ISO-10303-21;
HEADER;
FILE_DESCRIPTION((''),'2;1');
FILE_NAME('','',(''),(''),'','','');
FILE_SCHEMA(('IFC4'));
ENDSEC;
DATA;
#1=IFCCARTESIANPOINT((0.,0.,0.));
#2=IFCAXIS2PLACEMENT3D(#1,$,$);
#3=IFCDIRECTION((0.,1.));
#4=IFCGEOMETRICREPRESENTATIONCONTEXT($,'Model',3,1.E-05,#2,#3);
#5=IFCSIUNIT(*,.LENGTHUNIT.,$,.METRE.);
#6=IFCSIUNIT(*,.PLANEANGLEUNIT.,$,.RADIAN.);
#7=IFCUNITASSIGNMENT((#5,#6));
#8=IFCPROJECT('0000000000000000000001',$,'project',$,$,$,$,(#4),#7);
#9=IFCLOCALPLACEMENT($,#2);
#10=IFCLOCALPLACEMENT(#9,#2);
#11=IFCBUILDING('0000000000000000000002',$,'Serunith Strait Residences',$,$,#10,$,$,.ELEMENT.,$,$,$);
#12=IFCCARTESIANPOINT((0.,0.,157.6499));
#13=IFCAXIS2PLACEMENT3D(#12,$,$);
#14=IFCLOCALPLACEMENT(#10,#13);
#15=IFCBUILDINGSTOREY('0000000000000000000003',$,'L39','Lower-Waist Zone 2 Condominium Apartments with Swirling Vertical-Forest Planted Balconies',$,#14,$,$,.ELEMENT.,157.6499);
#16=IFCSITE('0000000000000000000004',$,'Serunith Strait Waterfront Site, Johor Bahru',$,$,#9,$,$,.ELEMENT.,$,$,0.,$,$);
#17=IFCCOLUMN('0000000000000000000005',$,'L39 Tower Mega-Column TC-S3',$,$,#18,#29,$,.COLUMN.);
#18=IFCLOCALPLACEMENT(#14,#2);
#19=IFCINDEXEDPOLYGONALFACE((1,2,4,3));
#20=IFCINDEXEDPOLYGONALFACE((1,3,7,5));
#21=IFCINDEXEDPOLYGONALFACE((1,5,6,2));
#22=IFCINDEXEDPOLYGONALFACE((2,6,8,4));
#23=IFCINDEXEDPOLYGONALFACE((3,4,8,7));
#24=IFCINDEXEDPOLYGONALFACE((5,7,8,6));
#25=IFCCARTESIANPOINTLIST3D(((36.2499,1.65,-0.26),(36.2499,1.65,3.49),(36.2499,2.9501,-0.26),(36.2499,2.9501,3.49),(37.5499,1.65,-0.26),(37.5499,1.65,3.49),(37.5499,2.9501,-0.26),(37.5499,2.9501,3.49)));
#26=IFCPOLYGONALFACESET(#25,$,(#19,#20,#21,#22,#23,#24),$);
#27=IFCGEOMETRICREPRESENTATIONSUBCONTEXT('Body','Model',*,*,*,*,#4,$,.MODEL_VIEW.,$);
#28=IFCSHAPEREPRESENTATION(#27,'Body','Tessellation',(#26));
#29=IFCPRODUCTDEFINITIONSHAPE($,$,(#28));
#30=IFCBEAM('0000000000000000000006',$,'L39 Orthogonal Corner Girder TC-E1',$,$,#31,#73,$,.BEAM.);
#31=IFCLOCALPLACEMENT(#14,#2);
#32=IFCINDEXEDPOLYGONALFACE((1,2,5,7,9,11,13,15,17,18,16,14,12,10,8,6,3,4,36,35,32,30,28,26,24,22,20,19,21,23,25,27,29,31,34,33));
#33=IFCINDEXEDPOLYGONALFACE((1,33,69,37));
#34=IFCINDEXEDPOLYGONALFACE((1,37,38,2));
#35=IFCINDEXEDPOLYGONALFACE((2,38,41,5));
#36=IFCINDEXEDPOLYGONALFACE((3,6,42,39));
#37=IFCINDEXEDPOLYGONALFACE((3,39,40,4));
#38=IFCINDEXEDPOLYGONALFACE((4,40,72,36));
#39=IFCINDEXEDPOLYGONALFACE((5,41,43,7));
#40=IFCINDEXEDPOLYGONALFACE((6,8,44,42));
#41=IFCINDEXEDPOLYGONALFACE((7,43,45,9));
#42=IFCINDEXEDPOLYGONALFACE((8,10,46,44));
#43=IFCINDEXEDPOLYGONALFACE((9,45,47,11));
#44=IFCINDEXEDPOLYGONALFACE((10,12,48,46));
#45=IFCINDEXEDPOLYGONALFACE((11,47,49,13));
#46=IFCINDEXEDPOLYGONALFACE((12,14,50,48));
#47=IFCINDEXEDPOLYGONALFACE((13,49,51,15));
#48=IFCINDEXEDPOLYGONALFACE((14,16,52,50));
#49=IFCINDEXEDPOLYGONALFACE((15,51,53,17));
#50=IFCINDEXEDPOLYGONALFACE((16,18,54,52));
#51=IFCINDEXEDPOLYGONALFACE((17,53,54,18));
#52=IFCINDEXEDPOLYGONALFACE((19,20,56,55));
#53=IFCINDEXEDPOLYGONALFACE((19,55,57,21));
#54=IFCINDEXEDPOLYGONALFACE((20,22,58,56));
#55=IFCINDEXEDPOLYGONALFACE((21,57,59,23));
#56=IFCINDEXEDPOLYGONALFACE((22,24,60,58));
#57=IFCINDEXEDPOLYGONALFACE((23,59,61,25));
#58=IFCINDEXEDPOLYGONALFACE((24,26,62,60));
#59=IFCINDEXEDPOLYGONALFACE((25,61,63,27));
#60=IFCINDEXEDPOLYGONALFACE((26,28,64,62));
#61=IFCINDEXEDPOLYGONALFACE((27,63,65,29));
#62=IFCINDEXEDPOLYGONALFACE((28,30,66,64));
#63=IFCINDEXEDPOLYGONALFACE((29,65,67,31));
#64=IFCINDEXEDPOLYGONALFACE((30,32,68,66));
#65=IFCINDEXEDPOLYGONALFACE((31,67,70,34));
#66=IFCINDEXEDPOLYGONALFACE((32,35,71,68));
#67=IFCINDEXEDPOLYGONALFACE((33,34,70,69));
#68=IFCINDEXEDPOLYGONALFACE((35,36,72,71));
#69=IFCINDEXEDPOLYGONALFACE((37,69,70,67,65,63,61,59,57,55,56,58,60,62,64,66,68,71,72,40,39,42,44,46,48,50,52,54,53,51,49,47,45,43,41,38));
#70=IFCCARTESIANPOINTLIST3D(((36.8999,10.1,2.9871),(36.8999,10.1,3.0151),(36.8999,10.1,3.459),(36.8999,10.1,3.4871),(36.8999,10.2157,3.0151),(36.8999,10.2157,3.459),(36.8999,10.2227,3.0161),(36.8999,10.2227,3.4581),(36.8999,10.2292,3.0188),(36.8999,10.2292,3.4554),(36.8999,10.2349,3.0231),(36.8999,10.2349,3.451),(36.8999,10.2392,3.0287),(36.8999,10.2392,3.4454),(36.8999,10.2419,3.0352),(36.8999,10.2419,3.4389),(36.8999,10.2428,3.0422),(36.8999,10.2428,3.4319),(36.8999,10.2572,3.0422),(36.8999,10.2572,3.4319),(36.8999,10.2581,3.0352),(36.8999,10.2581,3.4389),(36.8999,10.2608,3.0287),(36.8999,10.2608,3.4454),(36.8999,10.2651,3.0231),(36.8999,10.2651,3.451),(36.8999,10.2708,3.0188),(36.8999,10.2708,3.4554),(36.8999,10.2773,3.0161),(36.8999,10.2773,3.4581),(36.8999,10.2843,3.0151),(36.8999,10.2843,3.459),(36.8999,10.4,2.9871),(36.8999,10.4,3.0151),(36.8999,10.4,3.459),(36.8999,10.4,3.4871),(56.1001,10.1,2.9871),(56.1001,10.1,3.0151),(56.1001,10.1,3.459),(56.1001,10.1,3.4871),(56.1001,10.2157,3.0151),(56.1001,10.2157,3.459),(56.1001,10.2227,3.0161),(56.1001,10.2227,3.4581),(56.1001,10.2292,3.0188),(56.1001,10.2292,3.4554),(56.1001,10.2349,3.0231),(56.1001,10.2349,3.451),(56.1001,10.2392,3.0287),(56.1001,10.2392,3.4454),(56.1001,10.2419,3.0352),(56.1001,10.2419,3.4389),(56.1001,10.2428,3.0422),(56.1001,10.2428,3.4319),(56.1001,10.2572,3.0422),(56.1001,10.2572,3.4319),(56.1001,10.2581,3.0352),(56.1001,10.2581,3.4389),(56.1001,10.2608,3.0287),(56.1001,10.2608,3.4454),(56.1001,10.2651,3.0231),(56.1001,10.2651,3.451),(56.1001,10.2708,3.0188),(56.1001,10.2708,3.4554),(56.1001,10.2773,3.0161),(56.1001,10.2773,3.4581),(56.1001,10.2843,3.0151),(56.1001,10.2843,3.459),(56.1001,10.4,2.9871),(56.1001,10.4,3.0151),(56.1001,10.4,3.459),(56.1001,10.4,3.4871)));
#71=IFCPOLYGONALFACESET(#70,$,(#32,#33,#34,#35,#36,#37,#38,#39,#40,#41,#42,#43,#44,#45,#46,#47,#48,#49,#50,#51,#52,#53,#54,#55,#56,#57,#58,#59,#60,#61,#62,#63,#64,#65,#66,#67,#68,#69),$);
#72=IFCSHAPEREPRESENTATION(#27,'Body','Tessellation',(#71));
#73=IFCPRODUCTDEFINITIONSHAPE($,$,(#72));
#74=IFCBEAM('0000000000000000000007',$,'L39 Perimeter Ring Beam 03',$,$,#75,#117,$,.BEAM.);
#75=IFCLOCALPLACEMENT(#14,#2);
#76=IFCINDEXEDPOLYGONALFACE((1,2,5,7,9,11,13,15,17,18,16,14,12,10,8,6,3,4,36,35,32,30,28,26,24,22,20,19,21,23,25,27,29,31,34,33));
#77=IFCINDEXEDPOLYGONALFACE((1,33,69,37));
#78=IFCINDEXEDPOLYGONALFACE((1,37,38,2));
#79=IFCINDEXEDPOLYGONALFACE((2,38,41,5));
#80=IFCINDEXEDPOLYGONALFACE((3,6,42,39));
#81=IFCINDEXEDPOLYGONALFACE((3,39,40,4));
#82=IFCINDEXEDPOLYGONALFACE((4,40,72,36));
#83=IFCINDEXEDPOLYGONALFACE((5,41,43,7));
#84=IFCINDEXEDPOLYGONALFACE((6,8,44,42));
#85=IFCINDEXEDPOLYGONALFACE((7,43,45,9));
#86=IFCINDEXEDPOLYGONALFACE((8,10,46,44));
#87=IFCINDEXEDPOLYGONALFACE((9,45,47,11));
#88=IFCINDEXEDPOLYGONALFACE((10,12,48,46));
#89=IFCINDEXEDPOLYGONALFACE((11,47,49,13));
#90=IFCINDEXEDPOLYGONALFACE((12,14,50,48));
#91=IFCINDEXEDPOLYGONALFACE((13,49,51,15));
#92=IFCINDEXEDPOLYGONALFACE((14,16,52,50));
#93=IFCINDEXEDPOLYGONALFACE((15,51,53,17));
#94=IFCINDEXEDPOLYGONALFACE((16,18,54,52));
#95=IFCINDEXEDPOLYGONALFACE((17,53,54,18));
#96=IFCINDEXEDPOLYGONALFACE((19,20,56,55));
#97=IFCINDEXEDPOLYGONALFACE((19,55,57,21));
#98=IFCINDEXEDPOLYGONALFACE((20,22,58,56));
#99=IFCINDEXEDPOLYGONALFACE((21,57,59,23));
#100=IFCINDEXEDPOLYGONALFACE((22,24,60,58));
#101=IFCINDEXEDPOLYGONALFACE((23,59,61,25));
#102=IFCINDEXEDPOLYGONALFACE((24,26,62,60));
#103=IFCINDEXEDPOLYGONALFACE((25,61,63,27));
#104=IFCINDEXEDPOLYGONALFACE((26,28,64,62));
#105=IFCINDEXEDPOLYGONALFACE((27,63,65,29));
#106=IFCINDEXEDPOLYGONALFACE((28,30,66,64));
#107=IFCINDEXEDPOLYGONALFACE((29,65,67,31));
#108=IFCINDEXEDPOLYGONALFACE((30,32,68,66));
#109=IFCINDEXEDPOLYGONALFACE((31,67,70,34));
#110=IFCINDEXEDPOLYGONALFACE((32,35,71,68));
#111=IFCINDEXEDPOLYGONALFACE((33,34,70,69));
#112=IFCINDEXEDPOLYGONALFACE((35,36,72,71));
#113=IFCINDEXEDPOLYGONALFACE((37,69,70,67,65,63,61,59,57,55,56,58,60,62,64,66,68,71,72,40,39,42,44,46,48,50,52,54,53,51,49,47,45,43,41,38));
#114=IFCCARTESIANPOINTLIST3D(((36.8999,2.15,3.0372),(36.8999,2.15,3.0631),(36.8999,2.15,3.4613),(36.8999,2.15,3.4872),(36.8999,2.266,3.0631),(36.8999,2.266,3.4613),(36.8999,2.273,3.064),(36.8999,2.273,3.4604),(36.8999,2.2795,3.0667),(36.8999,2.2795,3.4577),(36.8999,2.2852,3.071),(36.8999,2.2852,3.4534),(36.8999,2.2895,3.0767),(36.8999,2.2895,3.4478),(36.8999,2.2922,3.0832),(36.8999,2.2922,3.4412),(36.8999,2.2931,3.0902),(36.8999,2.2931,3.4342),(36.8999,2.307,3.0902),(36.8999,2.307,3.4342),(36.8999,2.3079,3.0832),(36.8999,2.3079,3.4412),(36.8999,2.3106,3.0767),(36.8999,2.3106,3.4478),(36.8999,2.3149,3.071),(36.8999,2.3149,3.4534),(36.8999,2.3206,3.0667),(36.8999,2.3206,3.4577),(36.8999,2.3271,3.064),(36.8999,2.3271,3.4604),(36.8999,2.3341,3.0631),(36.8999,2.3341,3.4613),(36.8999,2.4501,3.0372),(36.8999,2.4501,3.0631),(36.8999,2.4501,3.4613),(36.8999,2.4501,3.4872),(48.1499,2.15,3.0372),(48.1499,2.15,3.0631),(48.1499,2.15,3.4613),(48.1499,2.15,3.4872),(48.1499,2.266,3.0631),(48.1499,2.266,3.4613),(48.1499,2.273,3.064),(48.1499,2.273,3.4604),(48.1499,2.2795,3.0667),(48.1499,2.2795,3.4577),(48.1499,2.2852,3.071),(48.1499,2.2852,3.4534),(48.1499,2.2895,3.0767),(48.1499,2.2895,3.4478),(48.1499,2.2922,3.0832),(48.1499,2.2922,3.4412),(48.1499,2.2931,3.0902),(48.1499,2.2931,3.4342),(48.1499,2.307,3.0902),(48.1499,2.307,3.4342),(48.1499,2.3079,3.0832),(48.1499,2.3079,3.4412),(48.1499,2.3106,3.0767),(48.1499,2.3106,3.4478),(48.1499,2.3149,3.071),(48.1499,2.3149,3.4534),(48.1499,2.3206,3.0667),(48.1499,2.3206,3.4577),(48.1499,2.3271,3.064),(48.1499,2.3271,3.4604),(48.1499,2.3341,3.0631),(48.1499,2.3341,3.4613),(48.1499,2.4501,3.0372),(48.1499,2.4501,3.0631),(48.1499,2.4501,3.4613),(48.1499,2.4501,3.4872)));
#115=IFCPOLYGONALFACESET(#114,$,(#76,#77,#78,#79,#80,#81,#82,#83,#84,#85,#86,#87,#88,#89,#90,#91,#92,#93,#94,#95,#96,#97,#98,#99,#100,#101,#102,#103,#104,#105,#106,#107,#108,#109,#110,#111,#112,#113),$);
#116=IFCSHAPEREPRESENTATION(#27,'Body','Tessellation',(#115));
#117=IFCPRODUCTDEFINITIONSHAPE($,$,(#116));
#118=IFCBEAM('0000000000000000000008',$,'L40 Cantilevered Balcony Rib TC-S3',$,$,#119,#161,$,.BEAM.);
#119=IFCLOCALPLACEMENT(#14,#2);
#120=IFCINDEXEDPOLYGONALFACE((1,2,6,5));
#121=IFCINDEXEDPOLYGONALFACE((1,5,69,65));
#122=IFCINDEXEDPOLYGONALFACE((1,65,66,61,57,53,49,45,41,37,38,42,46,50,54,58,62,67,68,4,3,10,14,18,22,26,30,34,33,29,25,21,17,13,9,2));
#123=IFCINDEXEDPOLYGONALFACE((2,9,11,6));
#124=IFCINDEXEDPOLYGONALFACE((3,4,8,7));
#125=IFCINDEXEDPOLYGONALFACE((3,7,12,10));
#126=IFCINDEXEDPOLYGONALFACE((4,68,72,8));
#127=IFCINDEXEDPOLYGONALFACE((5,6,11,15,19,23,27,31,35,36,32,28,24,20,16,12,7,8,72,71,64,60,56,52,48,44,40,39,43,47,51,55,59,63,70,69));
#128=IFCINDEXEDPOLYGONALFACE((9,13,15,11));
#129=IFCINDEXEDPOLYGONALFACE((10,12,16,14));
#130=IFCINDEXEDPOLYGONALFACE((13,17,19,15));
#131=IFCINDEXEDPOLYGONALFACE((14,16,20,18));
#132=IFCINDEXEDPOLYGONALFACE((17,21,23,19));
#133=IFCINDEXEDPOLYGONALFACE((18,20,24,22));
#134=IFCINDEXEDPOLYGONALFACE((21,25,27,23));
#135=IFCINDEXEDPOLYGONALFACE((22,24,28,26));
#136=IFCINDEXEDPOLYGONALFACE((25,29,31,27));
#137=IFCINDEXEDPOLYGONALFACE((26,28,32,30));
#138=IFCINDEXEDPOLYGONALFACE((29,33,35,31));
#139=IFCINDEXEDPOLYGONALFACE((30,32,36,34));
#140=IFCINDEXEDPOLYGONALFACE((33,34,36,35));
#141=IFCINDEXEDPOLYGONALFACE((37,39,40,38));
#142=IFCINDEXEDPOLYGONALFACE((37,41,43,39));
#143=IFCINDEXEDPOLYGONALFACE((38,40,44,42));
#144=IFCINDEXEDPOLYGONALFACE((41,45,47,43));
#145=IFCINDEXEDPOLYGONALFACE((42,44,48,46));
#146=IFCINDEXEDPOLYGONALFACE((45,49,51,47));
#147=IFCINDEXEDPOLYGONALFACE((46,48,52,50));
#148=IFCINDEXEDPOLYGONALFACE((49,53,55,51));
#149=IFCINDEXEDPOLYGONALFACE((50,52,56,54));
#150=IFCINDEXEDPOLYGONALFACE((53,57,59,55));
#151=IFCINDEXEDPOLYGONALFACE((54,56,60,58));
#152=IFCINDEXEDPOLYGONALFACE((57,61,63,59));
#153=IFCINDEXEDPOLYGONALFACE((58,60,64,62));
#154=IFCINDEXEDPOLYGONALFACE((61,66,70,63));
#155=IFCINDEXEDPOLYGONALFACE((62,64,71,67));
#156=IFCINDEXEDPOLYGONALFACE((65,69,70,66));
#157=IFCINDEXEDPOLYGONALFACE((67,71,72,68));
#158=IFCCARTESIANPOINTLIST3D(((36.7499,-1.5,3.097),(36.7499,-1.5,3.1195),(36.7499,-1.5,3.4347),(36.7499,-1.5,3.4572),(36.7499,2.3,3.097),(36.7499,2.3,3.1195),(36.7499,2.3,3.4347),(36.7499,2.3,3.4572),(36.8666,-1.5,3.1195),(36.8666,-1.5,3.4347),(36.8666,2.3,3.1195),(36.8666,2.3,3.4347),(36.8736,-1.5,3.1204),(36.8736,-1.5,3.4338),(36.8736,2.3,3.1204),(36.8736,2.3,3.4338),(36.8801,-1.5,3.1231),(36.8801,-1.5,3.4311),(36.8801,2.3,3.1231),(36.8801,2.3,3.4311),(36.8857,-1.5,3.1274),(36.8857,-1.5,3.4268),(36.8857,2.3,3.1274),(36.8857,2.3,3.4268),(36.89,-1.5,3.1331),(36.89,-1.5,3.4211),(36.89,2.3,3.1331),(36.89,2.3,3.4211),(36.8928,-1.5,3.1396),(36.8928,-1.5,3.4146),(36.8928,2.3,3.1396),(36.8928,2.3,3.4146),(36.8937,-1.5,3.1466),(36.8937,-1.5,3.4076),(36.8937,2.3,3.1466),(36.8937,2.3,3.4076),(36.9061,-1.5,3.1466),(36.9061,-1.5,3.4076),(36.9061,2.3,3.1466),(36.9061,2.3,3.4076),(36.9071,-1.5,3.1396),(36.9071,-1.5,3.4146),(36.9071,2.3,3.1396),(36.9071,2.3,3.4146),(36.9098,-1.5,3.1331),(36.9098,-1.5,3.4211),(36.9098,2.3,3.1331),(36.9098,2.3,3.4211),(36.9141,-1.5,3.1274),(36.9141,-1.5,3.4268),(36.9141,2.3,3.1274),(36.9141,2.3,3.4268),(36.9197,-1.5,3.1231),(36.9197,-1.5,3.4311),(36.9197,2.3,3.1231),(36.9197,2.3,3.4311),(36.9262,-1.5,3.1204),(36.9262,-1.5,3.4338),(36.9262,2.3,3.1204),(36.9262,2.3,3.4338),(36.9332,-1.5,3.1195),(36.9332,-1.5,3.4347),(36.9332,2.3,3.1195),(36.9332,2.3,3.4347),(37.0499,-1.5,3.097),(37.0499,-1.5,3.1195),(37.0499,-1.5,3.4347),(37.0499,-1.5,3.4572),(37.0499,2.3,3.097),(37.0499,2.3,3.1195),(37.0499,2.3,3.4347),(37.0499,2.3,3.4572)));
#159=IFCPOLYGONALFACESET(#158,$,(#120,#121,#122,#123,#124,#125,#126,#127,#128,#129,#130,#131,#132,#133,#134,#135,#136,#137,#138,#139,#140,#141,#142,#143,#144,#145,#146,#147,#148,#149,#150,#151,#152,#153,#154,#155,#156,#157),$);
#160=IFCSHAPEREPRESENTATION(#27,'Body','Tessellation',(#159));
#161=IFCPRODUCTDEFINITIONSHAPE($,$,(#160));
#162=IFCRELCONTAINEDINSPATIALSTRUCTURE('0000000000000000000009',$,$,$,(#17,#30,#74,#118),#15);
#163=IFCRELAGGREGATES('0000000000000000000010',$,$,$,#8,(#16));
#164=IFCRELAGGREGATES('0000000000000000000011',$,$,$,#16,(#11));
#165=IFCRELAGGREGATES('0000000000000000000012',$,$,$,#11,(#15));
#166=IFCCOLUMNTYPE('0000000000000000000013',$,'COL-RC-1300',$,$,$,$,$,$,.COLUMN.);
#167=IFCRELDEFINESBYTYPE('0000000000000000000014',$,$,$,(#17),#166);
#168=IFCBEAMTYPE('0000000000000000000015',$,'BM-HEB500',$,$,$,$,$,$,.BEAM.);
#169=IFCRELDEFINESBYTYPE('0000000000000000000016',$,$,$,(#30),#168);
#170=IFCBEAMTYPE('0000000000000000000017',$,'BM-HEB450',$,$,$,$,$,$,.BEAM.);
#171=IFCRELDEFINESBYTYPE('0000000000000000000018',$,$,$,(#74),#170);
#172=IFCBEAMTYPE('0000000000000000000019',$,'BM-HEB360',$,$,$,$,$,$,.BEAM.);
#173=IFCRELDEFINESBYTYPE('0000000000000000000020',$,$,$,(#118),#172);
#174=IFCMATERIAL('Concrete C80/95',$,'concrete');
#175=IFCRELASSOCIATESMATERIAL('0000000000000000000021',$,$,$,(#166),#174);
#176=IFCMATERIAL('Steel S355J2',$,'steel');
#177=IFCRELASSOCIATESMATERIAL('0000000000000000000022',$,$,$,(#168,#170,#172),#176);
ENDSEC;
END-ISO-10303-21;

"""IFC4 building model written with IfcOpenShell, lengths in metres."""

from ifc_helpers import new_model, si_unit, direction, frame, origin, origin_2d, place, context, subcontext, project, spatial, rectangle, i_section, extrude, source, transform, mapped, material, material_profile, profile_set, type_object, element, save


model = new_model("IFC4")

# Units and contexts
model_context = context("Model", 3, precision=1e-05, world=origin(), true_north=direction((0.0, 1.0)))
body_context = subcontext(model_context, "Body", "Model", "MODEL_VIEW")
ifc_project = project(units=[si_unit("LENGTHUNIT", "METRE"), si_unit("PLANEANGLEUNIT", "RADIAN")], contexts=[model_context])

# Site, building, storey
site_placement = place(None, origin())
site = spatial("IfcSite", under=ifc_project, at=site_placement, Name="Serunith Strait Waterfront Site, Johor Bahru", CompositionType="ELEMENT", RefElevation=0.0)
building_placement = place(site_placement, origin())
building = spatial("IfcBuilding", under=site, at=building_placement, Name="Serunith Strait Residences", CompositionType="ELEMENT")
storey_placement = place(building_placement, frame((0.0, 0.0, 157.6499)))
storey = spatial("IfcBuildingStorey", under=building, at=storey_placement, Name="L39", Description="Lower-Waist Zone 2 Condominium Apartments with Swirling Vertical-Forest Planted Balconies", CompositionType="ELEMENT", Elevation=157.6499)

# Column
ifc_material_1 = material(Name="Concrete C80/95", Category="concrete")
ifc_material_profile_1 = material_profile(ifc_material_1, rectangle(XDim=1.3, YDim=1.3, at=origin_2d()), Name="RC 1300x1300")
ifc_profile_set_1 = profile_set([ifc_material_profile_1], Name="Concrete C80/95")
column_type = type_object("IfcColumnType", Name="COL-RC-1300", PredefinedType="COLUMN", material=ifc_profile_set_1)
shared_shape_1 = source(origin(), body_context, "Body", "SweptSolid", [
    extrude(rectangle(XDim=1.3, YDim=1.3, at=origin_2d()), origin(), (0.0, 0.0, 1.0), 3.75),
])
column_placement = place(storey_placement, frame((36.8999, 2.3, -0.26), z_axis=(0.0, 0.0, 1.0), x_axis=(1.0, 0.0, 0.0)))
element("IfcColumn", 1, at=column_placement, inside=storey, type_object=column_type, Name="L39 Tower Mega-Column TC-S3", PredefinedType="COLUMN", context=body_context, shape_type="MappedRepresentation", body=[
    mapped(shared_shape_1, transform((0.0, 0.0, 0.0), scale=1.0)),
])

# Beams
ifc_material_2 = material(Name="Steel S355J2", Category="steel")
ifc_material_profile_2 = material_profile(ifc_material_2, i_section(OverallWidth=0.3, OverallDepth=0.5, WebThickness=0.0144, FlangeThickness=0.0281, FilletRadius=0.0271, at=origin_2d()), Name="HEB 500")
ifc_profile_set_2 = profile_set([ifc_material_profile_2], Name="Steel S355J2")
beam_type_1 = type_object("IfcBeamType", Name="BM-HEB500", PredefinedType="BEAM", material=ifc_profile_set_2)
shared_shape_2 = source(origin(), body_context, "Body", "SweptSolid", [
    extrude(i_section(OverallWidth=0.3, OverallDepth=0.5, WebThickness=0.0144, FlangeThickness=0.0281, FilletRadius=0.0271, at=origin_2d()), origin(), (0.0, 0.0, 1.0), 19.2002),
])
beam_1_placement = place(storey_placement, frame((36.8999, 10.25, 3.2371), z_axis=(1.0, 0.0, 0.0), x_axis=(0.0, 1.0, 0.0)))
element("IfcBeam", 2, at=beam_1_placement, inside=storey, type_object=beam_type_1, Name="L39 Orthogonal Corner Girder TC-E1", PredefinedType="BEAM", context=body_context, shape_type="MappedRepresentation", body=[
    mapped(shared_shape_2, transform((0.0, 0.0, 0.0), scale=1.0)),
])
ifc_material_profile_3 = material_profile(ifc_material_2, i_section(OverallWidth=0.3, OverallDepth=0.45, WebThickness=0.0139, FlangeThickness=0.0259, FilletRadius=0.0271, at=origin_2d()), Name="HEB 450")
ifc_profile_set_3 = profile_set([ifc_material_profile_3], Name="Steel S355J2")
beam_type_2 = type_object("IfcBeamType", Name="BM-HEB450", PredefinedType="BEAM", material=ifc_profile_set_3)
shared_shape_3 = source(origin(), body_context, "Body", "SweptSolid", [
    extrude(i_section(OverallWidth=0.3, OverallDepth=0.45, WebThickness=0.0139, FlangeThickness=0.0259, FilletRadius=0.0271, at=origin_2d()), origin(), (0.0, 0.0, 1.0), 11.25),
])
beam_2_placement = place(storey_placement, frame((36.8999, 2.3, 3.2622), z_axis=(1.0, 0.0, 0.0), x_axis=(0.0, 1.0, 0.0)))
element("IfcBeam", 3, at=beam_2_placement, inside=storey, type_object=beam_type_2, Name="L39 Perimeter Ring Beam 03", PredefinedType="BEAM", context=body_context, shape_type="MappedRepresentation", body=[
    mapped(shared_shape_3, transform((0.0, 0.0, 0.0), scale=1.0)),
])
ifc_material_profile_4 = material_profile(ifc_material_2, i_section(OverallWidth=0.3, OverallDepth=0.3601, WebThickness=0.0125, FlangeThickness=0.0225, FilletRadius=0.0271, at=origin_2d()), Name="HEB 360")
ifc_profile_set_4 = profile_set([ifc_material_profile_4], Name="Steel S355J2")
beam_type_3 = type_object("IfcBeamType", Name="BM-HEB360", PredefinedType="BEAM", material=ifc_profile_set_4)
shared_shape_4 = source(origin(), body_context, "Body", "SweptSolid", [
    extrude(i_section(OverallWidth=0.3, OverallDepth=0.3601, WebThickness=0.0125, FlangeThickness=0.0225, FilletRadius=0.0271, at=origin_2d()), origin(), (0.0, 0.0, 1.0), 3.8),
])
beam_3_placement = place(storey_placement, frame((36.8999, 2.3, 3.2771), z_axis=(0.0, -1.0, 0.0), x_axis=(1.0, 0.0, 0.0)))
element("IfcBeam", 4, at=beam_3_placement, inside=storey, type_object=beam_type_3, Name="L40 Cantilevered Balcony Rib TC-S3", PredefinedType="BEAM", context=body_context, shape_type="MappedRepresentation", body=[
    mapped(shared_shape_4, transform((0.0, 0.0, 0.0), scale=1.0)),
])

save(model, "model.ifc")
